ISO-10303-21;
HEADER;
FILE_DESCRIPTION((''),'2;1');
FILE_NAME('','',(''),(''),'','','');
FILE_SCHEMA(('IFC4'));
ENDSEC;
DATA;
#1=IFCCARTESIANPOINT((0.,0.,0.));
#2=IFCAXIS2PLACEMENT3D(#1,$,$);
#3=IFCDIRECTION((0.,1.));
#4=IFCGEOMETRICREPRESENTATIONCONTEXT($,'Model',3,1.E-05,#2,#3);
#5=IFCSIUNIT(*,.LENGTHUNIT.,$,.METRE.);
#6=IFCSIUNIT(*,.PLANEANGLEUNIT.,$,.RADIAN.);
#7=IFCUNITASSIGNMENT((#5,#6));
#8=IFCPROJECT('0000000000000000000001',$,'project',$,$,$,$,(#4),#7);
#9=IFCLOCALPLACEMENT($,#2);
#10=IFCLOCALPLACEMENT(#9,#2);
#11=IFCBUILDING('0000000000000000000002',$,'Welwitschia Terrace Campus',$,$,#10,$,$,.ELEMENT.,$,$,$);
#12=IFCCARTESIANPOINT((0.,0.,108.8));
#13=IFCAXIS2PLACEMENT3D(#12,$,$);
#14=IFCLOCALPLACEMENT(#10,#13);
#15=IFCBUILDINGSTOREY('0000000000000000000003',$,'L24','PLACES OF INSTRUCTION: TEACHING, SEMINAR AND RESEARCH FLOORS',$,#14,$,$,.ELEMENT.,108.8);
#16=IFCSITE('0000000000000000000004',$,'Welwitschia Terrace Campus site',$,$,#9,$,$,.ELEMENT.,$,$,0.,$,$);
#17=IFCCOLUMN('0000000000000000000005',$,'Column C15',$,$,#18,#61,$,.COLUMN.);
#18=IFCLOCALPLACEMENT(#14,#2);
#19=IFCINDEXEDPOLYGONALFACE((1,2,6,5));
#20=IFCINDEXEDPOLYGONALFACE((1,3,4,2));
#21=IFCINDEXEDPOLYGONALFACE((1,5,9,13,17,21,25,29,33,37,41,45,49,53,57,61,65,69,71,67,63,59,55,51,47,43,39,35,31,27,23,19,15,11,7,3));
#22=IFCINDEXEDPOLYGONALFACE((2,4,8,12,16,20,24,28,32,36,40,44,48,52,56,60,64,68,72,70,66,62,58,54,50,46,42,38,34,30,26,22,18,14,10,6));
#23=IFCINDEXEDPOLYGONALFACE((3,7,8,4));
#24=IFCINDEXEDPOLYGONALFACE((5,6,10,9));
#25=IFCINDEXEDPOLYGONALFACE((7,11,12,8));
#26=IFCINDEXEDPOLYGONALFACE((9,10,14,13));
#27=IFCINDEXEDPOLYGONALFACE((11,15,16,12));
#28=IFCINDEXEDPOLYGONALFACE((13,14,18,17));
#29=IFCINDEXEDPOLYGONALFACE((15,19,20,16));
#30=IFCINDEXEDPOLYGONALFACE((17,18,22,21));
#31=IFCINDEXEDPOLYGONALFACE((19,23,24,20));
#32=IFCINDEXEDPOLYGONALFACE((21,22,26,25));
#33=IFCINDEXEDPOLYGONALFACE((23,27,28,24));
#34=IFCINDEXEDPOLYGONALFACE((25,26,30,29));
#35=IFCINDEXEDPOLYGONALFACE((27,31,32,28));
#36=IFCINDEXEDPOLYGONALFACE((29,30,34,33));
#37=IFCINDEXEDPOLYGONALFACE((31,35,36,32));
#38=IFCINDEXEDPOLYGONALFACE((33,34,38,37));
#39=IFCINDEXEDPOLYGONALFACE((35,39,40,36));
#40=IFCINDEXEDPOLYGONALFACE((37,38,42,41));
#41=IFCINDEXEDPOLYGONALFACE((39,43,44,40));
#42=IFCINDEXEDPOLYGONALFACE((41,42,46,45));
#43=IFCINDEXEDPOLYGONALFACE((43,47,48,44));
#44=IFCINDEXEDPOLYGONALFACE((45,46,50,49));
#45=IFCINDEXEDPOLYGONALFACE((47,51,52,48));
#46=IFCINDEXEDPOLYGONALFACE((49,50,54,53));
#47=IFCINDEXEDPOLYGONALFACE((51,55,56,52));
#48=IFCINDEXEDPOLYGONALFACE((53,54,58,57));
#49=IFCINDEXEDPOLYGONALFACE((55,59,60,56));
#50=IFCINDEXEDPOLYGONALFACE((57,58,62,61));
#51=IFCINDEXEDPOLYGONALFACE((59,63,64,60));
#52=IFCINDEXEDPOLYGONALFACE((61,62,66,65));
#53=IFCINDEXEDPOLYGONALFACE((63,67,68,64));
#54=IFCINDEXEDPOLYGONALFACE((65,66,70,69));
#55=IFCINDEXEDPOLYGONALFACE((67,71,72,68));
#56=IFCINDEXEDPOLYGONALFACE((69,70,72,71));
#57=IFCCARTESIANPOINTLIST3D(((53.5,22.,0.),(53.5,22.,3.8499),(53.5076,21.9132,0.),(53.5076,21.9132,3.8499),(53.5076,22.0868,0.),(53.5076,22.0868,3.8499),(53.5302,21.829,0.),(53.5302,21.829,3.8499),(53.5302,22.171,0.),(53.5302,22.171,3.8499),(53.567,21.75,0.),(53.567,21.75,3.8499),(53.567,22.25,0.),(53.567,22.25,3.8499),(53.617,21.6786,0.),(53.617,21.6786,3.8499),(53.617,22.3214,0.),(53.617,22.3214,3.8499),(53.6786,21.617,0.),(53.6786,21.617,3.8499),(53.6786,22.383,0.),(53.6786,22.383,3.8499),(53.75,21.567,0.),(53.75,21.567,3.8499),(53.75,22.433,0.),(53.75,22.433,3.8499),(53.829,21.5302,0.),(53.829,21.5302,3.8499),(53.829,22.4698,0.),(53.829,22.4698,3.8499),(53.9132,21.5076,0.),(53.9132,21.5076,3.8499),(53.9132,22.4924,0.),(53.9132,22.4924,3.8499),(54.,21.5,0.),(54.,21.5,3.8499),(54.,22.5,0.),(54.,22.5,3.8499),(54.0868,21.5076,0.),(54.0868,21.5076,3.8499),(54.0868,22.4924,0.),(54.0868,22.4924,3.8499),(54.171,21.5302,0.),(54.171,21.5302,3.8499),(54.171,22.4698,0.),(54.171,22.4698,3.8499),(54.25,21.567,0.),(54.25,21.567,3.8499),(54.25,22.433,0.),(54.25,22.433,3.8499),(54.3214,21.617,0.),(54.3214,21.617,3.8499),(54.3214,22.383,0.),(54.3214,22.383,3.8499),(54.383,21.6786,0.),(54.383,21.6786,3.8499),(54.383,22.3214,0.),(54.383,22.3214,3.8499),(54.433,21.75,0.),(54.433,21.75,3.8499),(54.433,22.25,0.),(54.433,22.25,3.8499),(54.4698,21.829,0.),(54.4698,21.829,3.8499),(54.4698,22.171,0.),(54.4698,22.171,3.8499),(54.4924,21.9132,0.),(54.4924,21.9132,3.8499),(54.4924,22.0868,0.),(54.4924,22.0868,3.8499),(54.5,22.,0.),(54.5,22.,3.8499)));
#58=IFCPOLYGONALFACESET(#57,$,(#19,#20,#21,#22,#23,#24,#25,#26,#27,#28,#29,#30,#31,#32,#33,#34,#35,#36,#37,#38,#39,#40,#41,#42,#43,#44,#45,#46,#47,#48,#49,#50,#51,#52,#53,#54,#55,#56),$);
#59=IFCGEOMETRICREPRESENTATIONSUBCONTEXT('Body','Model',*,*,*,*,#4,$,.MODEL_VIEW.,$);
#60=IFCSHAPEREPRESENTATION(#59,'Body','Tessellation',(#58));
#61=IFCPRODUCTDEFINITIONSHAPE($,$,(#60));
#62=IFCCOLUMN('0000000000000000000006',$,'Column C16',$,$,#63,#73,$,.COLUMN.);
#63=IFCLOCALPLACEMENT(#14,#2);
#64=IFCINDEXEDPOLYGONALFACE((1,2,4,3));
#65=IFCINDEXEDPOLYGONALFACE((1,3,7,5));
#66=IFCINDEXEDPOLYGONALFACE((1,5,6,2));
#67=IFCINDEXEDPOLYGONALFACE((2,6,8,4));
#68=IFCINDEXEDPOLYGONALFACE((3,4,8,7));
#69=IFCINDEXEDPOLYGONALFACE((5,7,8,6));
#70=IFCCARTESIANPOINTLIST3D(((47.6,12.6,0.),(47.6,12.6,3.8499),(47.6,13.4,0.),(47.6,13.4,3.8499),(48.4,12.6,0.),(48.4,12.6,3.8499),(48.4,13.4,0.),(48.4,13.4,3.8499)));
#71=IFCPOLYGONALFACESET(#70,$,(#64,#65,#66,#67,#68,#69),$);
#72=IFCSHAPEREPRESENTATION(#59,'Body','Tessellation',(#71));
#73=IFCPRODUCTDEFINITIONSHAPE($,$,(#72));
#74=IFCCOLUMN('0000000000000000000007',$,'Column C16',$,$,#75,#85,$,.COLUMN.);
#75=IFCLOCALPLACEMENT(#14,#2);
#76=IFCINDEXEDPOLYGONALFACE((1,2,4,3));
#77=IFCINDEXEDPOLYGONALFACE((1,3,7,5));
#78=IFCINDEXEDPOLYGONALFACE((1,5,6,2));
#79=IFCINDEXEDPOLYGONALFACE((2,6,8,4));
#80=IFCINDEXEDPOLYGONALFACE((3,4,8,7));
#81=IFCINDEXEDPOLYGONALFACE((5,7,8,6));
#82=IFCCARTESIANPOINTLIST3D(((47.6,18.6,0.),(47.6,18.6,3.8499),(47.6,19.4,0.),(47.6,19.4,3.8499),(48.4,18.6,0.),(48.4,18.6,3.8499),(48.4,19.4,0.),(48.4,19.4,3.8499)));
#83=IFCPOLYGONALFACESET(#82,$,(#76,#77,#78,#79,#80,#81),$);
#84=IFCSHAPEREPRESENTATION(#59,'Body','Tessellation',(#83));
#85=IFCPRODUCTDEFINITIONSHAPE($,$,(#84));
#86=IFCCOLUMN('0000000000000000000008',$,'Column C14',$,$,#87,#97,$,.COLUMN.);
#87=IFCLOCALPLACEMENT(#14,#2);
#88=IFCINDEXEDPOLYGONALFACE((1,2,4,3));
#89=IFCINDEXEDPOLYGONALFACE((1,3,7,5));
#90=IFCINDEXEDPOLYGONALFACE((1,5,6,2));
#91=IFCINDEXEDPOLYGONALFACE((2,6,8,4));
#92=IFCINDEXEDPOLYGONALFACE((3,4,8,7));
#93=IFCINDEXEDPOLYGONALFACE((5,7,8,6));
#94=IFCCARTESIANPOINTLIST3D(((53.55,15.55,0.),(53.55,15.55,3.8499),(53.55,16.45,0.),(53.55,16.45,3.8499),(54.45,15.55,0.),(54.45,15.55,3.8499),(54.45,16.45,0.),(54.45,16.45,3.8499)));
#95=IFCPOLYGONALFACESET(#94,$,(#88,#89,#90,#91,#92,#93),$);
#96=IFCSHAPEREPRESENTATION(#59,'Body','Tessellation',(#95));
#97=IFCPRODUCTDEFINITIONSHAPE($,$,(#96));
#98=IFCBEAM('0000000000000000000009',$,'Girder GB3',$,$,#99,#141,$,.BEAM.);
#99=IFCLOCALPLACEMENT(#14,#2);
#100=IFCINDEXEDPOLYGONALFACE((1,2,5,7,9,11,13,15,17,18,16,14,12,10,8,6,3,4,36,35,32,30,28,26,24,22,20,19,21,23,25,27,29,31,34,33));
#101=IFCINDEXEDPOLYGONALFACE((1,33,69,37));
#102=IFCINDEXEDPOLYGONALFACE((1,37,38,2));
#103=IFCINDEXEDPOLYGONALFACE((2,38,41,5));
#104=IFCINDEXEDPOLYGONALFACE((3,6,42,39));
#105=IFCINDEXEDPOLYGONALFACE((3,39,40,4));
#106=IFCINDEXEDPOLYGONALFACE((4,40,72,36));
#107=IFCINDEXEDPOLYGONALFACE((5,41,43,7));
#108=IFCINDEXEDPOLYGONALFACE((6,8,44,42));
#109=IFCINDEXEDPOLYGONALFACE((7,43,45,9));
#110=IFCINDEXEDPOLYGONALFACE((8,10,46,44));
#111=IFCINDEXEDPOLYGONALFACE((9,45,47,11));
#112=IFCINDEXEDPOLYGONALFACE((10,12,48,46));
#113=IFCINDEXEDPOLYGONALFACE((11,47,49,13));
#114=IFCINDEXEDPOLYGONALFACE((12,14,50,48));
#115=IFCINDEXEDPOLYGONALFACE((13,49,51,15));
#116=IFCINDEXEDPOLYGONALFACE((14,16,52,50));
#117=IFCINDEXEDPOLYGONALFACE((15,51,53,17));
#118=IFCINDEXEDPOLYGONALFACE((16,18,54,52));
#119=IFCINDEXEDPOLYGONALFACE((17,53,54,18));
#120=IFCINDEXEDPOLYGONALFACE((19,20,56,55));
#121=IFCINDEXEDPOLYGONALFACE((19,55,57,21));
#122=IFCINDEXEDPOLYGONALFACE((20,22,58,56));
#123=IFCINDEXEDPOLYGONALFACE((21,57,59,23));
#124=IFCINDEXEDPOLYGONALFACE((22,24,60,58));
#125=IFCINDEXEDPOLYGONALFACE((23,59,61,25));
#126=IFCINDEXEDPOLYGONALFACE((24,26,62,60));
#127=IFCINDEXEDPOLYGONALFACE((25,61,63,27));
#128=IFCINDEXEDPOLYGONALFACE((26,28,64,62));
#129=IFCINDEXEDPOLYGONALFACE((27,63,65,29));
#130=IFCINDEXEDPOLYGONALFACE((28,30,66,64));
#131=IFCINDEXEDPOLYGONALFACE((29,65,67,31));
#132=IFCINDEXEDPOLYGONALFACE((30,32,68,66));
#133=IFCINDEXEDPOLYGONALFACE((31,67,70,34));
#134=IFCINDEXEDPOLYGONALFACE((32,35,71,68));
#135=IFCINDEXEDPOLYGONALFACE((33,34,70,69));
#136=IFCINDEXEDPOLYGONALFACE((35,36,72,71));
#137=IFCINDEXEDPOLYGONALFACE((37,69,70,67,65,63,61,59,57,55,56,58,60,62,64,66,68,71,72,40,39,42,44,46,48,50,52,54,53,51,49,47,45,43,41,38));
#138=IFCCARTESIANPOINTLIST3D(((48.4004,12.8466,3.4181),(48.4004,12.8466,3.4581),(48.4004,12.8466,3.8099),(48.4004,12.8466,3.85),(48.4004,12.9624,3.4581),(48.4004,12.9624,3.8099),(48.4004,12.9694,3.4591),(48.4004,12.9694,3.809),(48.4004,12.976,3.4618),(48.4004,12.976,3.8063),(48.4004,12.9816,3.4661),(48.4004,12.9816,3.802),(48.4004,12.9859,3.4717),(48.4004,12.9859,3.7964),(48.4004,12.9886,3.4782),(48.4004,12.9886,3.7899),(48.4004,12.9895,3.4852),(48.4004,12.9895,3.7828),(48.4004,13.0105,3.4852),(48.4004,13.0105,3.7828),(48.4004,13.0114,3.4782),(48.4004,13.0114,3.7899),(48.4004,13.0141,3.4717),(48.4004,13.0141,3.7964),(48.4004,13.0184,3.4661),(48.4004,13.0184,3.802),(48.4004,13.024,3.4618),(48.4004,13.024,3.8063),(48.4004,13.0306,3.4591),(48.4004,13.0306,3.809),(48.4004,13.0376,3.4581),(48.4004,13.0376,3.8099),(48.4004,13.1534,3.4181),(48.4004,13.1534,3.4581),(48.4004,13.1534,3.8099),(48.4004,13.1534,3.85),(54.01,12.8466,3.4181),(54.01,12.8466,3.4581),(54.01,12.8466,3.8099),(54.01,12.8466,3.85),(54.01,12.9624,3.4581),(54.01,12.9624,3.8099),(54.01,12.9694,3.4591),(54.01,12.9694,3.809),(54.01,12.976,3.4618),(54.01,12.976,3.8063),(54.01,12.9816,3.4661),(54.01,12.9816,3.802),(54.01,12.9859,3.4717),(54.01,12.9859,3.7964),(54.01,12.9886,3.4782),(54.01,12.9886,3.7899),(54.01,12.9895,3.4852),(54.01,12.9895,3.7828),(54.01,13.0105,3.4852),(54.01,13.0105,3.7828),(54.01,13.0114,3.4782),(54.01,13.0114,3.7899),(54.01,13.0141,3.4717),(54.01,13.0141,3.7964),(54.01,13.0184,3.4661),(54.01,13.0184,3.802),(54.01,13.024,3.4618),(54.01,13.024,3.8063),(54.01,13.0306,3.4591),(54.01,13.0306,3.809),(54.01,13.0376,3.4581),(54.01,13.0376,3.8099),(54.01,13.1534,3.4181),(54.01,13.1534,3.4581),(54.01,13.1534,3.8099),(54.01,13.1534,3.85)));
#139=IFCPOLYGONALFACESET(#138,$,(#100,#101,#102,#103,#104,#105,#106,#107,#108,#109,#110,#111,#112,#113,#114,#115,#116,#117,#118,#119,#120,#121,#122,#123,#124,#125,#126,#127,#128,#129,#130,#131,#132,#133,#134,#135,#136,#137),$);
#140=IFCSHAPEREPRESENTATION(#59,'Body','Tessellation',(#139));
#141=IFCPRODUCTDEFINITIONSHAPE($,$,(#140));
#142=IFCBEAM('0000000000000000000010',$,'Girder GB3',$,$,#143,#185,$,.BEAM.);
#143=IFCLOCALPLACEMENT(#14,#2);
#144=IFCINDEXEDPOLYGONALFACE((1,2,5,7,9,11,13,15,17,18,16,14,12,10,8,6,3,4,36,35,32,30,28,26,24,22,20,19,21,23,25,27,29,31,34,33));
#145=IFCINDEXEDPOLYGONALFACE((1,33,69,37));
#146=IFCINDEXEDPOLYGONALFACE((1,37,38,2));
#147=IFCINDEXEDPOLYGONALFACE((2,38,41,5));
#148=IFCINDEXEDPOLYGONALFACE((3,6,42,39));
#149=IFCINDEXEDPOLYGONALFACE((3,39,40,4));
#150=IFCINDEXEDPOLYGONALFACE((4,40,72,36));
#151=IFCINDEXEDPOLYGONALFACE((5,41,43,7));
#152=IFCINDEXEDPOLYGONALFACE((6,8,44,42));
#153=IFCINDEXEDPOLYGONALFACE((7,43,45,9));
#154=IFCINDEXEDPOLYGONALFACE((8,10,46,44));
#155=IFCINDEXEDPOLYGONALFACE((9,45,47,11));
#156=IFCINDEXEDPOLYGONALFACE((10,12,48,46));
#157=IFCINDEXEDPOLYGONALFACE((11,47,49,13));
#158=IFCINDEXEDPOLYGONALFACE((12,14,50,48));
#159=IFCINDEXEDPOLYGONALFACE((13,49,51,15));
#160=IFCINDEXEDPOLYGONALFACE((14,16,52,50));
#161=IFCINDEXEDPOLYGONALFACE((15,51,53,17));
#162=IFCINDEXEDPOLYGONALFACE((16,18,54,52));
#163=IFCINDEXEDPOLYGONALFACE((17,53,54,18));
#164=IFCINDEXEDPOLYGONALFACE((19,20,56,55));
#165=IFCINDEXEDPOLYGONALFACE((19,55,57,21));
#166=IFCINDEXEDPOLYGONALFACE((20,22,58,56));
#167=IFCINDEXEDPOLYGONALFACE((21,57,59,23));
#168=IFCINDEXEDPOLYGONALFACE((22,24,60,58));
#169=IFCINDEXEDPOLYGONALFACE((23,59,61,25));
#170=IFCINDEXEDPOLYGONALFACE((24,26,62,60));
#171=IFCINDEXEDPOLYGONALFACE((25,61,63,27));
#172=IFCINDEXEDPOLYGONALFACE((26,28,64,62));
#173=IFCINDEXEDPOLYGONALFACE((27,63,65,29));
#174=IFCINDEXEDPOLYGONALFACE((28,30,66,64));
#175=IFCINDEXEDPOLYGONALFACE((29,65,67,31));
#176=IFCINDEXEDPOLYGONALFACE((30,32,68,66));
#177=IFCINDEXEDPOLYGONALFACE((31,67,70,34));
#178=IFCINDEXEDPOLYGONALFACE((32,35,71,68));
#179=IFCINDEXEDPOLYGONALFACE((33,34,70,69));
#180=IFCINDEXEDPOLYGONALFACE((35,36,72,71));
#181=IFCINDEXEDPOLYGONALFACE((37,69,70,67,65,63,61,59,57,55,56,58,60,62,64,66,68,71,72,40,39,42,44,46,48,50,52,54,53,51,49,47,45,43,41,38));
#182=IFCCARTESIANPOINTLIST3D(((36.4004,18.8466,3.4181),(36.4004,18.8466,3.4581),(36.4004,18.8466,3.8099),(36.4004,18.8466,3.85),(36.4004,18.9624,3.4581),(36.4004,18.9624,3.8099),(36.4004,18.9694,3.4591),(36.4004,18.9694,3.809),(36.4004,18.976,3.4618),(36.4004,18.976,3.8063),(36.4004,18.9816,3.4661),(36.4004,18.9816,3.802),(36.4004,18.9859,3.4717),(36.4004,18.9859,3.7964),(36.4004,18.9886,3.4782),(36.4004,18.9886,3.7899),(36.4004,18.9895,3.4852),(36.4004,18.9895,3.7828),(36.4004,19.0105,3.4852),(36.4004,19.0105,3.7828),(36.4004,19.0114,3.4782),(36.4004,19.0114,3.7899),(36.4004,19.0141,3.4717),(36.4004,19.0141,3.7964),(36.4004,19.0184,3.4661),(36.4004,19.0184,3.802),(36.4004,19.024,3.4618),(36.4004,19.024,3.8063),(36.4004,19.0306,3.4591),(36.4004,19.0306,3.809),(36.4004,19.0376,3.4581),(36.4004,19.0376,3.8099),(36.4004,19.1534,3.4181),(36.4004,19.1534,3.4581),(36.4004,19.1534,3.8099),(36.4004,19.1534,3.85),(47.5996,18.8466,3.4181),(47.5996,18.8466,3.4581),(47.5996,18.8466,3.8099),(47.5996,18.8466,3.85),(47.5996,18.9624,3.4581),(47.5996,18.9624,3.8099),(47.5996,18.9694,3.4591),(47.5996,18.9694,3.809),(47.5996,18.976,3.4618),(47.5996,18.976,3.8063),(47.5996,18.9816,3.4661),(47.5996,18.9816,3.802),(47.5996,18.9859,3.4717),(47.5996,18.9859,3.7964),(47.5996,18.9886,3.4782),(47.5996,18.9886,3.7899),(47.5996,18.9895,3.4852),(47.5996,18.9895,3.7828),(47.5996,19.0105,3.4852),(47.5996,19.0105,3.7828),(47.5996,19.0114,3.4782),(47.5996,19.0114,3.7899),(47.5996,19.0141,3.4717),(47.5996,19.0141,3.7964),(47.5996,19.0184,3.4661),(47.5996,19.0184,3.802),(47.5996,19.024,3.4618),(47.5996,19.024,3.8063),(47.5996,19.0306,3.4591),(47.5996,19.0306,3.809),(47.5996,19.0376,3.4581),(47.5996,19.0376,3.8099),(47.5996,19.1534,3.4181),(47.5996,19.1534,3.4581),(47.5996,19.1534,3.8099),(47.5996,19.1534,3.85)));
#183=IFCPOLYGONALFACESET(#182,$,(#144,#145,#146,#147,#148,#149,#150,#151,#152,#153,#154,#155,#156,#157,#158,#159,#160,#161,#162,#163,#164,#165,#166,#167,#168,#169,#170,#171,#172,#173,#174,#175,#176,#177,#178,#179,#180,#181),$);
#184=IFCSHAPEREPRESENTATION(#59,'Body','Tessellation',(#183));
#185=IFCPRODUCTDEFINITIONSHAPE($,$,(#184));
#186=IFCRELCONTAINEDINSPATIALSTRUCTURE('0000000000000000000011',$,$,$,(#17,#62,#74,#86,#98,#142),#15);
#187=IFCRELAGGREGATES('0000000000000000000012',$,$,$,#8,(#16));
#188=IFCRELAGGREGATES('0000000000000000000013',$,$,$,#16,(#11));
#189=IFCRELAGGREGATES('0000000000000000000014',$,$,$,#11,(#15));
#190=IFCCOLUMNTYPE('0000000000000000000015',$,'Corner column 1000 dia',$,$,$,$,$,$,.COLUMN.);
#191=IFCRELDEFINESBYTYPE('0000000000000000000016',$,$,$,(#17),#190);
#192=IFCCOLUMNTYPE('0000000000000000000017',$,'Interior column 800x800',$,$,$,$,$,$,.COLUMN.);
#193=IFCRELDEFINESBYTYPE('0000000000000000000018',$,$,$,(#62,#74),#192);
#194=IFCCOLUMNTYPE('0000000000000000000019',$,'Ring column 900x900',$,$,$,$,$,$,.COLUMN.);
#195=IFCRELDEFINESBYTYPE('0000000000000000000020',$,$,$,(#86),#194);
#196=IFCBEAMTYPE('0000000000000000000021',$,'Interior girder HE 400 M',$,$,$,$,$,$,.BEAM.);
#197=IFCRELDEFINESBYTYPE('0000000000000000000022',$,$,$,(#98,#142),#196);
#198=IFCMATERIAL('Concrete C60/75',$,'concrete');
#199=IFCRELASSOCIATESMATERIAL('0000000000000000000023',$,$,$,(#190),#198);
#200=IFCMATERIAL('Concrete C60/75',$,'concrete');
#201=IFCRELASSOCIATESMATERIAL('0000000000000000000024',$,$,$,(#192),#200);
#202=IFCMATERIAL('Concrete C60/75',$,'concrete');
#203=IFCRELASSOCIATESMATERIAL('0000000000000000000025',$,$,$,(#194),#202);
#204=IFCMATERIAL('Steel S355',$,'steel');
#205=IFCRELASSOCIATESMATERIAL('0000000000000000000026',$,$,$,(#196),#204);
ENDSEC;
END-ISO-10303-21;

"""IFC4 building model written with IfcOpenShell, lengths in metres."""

from ifc_helpers import new_model, si_unit, direction, frame, origin, origin_2d, place, context, subcontext, project, spatial, rectangle, circle, i_section, extrude, material, material_profile, profile_set, type_object, element, save


model = new_model("IFC4")

# Units and contexts
model_context = context("Model", 3, precision=1e-05, world=origin(), true_north=direction((0.0, 1.0)))
body_context = subcontext(model_context, "Body", "Model", "MODEL_VIEW")
ifc_project = project(units=[si_unit("LENGTHUNIT", "METRE"), si_unit("PLANEANGLEUNIT", "RADIAN")], contexts=[model_context])

# Site, building, storey
site_placement = place(None, origin())
site = spatial("IfcSite", under=ifc_project, at=site_placement, Name="Welwitschia Terrace Campus site", CompositionType="ELEMENT", RefElevation=0.0)
building_placement = place(site_placement, origin())
building = spatial("IfcBuilding", under=site, at=building_placement, Name="Welwitschia Terrace Campus", CompositionType="ELEMENT")
storey_placement = place(building_placement, frame((0.0, 0.0, 108.8)))
storey = spatial("IfcBuildingStorey", under=building, at=storey_placement, Name="L24", Description="PLACES OF INSTRUCTION: TEACHING, SEMINAR AND RESEARCH FLOORS", CompositionType="ELEMENT", Elevation=108.8)

# Columns
ifc_material_1 = material(Name="Concrete C60/75", Category="concrete")
ifc_material_profile_1 = material_profile(ifc_material_1, circle(Radius=0.5, at=origin_2d()))
ifc_profile_set_1 = profile_set([ifc_material_profile_1], Name="Concrete C60/75")
column_type_1 = type_object("IfcColumnType", Name="Corner column 1000 dia", PredefinedType="COLUMN", material=ifc_profile_set_1)
column_1_placement = place(storey_placement, frame((54.0, 22.0, 0.0), z_axis=(0.0, 0.0, 1.0), x_axis=(1.0, 0.0, 0.0)))
element("IfcColumn", 1, at=column_1_placement, inside=storey, type_object=column_type_1, Name="Column C15", PredefinedType="COLUMN", context=body_context, shape_type="SweptSolid", body=[
    extrude(circle(Radius=0.5, at=origin_2d()), origin(), (0.0, 0.0, 1.0), 3.8499),
])
ifc_material_2 = material(Name="Concrete C60/75", Category="concrete")
ifc_material_profile_2 = material_profile(ifc_material_2, rectangle(XDim=0.8, YDim=0.8, at=origin_2d()))
ifc_profile_set_2 = profile_set([ifc_material_profile_2], Name="Concrete C60/75")
column_type_2 = type_object("IfcColumnType", Name="Interior column 800x800", PredefinedType="COLUMN", material=ifc_profile_set_2)
for number, where, z_axis, x_axis, name in (
    (2, (48.0, 13.0, 0.0), (0.0, 0.0, 1.0), (1.0, 0.0, 0.0), "Column C16"),
    (3, (48.0, 19.0, 0.0), (0.0, 0.0, 1.0), (1.0, 0.0, 0.0), "Column C16"),
):
    element("IfcColumn", number, at=place(storey_placement, frame(where, z_axis=z_axis, x_axis=x_axis)), inside=storey, type_object=column_type_2, Name=name, PredefinedType="COLUMN", context=body_context, shape_type="SweptSolid", body=[
        extrude(rectangle(XDim=0.8, YDim=0.8, at=origin_2d()), origin(), (0.0, 0.0, 1.0), 3.8499),
    ])
ifc_material_3 = material(Name="Concrete C60/75", Category="concrete")
ifc_material_profile_3 = material_profile(ifc_material_3, rectangle(XDim=0.8999, YDim=0.8999, at=origin_2d()))
ifc_profile_set_3 = profile_set([ifc_material_profile_3], Name="Concrete C60/75")
column_type_3 = type_object("IfcColumnType", Name="Ring column 900x900", PredefinedType="COLUMN", material=ifc_profile_set_3)
column_2_placement = place(storey_placement, frame((54.0, 16.0, 0.0), z_axis=(0.0, 0.0, 1.0), x_axis=(1.0, 0.0, 0.0)))
element("IfcColumn", 4, at=column_2_placement, inside=storey, type_object=column_type_3, Name="Column C14", PredefinedType="COLUMN", context=body_context, shape_type="SweptSolid", body=[
    extrude(rectangle(XDim=0.8999, YDim=0.8999, at=origin_2d()), origin(), (0.0, 0.0, 1.0), 3.8499),
])

# Beams
ifc_material_4 = material(Name="Steel S355", Category="steel")
ifc_material_profile_4 = material_profile(ifc_material_4, i_section(OverallWidth=0.3069, OverallDepth=0.4319, WebThickness=0.021, FlangeThickness=0.04, FilletRadius=0.0271, at=origin_2d()))
ifc_profile_set_4 = profile_set([ifc_material_profile_4], Name="Steel S355")
beam_type_1 = type_object("IfcBeamType", Name="Interior girder HE 400 M", PredefinedType="BEAM", material=ifc_profile_set_4)
beam_1_placement = place(storey_placement, frame((48.4004, 13.0, 3.634), z_axis=(1.0, 0.0, 0.0), x_axis=(0.0, 1.0, 0.0)))
element("IfcBeam", 5, at=beam_1_placement, inside=storey, type_object=beam_type_1, Name="Girder GB3", PredefinedType="BEAM", context=body_context, shape_type="SweptSolid", body=[
    extrude(i_section(OverallWidth=0.3069, OverallDepth=0.4319, WebThickness=0.021, FlangeThickness=0.04, FilletRadius=0.0271, at=origin_2d()), origin(), (0.0, 0.0, 1.0), 5.6096),
])
beam_2_placement = place(storey_placement, frame((36.4004, 19.0, 3.634), z_axis=(1.0, 0.0, 0.0), x_axis=(0.0, 1.0, 0.0)))
element("IfcBeam", 6, at=beam_2_placement, inside=storey, type_object=beam_type_1, Name="Girder GB3", PredefinedType="BEAM", context=body_context, shape_type="SweptSolid", body=[
    extrude(i_section(OverallWidth=0.3069, OverallDepth=0.4319, WebThickness=0.021, FlangeThickness=0.04, FilletRadius=0.0271, at=origin_2d()), origin(), (0.0, 0.0, 1.0), 11.1992),
])

save(model, "model.ifc")
